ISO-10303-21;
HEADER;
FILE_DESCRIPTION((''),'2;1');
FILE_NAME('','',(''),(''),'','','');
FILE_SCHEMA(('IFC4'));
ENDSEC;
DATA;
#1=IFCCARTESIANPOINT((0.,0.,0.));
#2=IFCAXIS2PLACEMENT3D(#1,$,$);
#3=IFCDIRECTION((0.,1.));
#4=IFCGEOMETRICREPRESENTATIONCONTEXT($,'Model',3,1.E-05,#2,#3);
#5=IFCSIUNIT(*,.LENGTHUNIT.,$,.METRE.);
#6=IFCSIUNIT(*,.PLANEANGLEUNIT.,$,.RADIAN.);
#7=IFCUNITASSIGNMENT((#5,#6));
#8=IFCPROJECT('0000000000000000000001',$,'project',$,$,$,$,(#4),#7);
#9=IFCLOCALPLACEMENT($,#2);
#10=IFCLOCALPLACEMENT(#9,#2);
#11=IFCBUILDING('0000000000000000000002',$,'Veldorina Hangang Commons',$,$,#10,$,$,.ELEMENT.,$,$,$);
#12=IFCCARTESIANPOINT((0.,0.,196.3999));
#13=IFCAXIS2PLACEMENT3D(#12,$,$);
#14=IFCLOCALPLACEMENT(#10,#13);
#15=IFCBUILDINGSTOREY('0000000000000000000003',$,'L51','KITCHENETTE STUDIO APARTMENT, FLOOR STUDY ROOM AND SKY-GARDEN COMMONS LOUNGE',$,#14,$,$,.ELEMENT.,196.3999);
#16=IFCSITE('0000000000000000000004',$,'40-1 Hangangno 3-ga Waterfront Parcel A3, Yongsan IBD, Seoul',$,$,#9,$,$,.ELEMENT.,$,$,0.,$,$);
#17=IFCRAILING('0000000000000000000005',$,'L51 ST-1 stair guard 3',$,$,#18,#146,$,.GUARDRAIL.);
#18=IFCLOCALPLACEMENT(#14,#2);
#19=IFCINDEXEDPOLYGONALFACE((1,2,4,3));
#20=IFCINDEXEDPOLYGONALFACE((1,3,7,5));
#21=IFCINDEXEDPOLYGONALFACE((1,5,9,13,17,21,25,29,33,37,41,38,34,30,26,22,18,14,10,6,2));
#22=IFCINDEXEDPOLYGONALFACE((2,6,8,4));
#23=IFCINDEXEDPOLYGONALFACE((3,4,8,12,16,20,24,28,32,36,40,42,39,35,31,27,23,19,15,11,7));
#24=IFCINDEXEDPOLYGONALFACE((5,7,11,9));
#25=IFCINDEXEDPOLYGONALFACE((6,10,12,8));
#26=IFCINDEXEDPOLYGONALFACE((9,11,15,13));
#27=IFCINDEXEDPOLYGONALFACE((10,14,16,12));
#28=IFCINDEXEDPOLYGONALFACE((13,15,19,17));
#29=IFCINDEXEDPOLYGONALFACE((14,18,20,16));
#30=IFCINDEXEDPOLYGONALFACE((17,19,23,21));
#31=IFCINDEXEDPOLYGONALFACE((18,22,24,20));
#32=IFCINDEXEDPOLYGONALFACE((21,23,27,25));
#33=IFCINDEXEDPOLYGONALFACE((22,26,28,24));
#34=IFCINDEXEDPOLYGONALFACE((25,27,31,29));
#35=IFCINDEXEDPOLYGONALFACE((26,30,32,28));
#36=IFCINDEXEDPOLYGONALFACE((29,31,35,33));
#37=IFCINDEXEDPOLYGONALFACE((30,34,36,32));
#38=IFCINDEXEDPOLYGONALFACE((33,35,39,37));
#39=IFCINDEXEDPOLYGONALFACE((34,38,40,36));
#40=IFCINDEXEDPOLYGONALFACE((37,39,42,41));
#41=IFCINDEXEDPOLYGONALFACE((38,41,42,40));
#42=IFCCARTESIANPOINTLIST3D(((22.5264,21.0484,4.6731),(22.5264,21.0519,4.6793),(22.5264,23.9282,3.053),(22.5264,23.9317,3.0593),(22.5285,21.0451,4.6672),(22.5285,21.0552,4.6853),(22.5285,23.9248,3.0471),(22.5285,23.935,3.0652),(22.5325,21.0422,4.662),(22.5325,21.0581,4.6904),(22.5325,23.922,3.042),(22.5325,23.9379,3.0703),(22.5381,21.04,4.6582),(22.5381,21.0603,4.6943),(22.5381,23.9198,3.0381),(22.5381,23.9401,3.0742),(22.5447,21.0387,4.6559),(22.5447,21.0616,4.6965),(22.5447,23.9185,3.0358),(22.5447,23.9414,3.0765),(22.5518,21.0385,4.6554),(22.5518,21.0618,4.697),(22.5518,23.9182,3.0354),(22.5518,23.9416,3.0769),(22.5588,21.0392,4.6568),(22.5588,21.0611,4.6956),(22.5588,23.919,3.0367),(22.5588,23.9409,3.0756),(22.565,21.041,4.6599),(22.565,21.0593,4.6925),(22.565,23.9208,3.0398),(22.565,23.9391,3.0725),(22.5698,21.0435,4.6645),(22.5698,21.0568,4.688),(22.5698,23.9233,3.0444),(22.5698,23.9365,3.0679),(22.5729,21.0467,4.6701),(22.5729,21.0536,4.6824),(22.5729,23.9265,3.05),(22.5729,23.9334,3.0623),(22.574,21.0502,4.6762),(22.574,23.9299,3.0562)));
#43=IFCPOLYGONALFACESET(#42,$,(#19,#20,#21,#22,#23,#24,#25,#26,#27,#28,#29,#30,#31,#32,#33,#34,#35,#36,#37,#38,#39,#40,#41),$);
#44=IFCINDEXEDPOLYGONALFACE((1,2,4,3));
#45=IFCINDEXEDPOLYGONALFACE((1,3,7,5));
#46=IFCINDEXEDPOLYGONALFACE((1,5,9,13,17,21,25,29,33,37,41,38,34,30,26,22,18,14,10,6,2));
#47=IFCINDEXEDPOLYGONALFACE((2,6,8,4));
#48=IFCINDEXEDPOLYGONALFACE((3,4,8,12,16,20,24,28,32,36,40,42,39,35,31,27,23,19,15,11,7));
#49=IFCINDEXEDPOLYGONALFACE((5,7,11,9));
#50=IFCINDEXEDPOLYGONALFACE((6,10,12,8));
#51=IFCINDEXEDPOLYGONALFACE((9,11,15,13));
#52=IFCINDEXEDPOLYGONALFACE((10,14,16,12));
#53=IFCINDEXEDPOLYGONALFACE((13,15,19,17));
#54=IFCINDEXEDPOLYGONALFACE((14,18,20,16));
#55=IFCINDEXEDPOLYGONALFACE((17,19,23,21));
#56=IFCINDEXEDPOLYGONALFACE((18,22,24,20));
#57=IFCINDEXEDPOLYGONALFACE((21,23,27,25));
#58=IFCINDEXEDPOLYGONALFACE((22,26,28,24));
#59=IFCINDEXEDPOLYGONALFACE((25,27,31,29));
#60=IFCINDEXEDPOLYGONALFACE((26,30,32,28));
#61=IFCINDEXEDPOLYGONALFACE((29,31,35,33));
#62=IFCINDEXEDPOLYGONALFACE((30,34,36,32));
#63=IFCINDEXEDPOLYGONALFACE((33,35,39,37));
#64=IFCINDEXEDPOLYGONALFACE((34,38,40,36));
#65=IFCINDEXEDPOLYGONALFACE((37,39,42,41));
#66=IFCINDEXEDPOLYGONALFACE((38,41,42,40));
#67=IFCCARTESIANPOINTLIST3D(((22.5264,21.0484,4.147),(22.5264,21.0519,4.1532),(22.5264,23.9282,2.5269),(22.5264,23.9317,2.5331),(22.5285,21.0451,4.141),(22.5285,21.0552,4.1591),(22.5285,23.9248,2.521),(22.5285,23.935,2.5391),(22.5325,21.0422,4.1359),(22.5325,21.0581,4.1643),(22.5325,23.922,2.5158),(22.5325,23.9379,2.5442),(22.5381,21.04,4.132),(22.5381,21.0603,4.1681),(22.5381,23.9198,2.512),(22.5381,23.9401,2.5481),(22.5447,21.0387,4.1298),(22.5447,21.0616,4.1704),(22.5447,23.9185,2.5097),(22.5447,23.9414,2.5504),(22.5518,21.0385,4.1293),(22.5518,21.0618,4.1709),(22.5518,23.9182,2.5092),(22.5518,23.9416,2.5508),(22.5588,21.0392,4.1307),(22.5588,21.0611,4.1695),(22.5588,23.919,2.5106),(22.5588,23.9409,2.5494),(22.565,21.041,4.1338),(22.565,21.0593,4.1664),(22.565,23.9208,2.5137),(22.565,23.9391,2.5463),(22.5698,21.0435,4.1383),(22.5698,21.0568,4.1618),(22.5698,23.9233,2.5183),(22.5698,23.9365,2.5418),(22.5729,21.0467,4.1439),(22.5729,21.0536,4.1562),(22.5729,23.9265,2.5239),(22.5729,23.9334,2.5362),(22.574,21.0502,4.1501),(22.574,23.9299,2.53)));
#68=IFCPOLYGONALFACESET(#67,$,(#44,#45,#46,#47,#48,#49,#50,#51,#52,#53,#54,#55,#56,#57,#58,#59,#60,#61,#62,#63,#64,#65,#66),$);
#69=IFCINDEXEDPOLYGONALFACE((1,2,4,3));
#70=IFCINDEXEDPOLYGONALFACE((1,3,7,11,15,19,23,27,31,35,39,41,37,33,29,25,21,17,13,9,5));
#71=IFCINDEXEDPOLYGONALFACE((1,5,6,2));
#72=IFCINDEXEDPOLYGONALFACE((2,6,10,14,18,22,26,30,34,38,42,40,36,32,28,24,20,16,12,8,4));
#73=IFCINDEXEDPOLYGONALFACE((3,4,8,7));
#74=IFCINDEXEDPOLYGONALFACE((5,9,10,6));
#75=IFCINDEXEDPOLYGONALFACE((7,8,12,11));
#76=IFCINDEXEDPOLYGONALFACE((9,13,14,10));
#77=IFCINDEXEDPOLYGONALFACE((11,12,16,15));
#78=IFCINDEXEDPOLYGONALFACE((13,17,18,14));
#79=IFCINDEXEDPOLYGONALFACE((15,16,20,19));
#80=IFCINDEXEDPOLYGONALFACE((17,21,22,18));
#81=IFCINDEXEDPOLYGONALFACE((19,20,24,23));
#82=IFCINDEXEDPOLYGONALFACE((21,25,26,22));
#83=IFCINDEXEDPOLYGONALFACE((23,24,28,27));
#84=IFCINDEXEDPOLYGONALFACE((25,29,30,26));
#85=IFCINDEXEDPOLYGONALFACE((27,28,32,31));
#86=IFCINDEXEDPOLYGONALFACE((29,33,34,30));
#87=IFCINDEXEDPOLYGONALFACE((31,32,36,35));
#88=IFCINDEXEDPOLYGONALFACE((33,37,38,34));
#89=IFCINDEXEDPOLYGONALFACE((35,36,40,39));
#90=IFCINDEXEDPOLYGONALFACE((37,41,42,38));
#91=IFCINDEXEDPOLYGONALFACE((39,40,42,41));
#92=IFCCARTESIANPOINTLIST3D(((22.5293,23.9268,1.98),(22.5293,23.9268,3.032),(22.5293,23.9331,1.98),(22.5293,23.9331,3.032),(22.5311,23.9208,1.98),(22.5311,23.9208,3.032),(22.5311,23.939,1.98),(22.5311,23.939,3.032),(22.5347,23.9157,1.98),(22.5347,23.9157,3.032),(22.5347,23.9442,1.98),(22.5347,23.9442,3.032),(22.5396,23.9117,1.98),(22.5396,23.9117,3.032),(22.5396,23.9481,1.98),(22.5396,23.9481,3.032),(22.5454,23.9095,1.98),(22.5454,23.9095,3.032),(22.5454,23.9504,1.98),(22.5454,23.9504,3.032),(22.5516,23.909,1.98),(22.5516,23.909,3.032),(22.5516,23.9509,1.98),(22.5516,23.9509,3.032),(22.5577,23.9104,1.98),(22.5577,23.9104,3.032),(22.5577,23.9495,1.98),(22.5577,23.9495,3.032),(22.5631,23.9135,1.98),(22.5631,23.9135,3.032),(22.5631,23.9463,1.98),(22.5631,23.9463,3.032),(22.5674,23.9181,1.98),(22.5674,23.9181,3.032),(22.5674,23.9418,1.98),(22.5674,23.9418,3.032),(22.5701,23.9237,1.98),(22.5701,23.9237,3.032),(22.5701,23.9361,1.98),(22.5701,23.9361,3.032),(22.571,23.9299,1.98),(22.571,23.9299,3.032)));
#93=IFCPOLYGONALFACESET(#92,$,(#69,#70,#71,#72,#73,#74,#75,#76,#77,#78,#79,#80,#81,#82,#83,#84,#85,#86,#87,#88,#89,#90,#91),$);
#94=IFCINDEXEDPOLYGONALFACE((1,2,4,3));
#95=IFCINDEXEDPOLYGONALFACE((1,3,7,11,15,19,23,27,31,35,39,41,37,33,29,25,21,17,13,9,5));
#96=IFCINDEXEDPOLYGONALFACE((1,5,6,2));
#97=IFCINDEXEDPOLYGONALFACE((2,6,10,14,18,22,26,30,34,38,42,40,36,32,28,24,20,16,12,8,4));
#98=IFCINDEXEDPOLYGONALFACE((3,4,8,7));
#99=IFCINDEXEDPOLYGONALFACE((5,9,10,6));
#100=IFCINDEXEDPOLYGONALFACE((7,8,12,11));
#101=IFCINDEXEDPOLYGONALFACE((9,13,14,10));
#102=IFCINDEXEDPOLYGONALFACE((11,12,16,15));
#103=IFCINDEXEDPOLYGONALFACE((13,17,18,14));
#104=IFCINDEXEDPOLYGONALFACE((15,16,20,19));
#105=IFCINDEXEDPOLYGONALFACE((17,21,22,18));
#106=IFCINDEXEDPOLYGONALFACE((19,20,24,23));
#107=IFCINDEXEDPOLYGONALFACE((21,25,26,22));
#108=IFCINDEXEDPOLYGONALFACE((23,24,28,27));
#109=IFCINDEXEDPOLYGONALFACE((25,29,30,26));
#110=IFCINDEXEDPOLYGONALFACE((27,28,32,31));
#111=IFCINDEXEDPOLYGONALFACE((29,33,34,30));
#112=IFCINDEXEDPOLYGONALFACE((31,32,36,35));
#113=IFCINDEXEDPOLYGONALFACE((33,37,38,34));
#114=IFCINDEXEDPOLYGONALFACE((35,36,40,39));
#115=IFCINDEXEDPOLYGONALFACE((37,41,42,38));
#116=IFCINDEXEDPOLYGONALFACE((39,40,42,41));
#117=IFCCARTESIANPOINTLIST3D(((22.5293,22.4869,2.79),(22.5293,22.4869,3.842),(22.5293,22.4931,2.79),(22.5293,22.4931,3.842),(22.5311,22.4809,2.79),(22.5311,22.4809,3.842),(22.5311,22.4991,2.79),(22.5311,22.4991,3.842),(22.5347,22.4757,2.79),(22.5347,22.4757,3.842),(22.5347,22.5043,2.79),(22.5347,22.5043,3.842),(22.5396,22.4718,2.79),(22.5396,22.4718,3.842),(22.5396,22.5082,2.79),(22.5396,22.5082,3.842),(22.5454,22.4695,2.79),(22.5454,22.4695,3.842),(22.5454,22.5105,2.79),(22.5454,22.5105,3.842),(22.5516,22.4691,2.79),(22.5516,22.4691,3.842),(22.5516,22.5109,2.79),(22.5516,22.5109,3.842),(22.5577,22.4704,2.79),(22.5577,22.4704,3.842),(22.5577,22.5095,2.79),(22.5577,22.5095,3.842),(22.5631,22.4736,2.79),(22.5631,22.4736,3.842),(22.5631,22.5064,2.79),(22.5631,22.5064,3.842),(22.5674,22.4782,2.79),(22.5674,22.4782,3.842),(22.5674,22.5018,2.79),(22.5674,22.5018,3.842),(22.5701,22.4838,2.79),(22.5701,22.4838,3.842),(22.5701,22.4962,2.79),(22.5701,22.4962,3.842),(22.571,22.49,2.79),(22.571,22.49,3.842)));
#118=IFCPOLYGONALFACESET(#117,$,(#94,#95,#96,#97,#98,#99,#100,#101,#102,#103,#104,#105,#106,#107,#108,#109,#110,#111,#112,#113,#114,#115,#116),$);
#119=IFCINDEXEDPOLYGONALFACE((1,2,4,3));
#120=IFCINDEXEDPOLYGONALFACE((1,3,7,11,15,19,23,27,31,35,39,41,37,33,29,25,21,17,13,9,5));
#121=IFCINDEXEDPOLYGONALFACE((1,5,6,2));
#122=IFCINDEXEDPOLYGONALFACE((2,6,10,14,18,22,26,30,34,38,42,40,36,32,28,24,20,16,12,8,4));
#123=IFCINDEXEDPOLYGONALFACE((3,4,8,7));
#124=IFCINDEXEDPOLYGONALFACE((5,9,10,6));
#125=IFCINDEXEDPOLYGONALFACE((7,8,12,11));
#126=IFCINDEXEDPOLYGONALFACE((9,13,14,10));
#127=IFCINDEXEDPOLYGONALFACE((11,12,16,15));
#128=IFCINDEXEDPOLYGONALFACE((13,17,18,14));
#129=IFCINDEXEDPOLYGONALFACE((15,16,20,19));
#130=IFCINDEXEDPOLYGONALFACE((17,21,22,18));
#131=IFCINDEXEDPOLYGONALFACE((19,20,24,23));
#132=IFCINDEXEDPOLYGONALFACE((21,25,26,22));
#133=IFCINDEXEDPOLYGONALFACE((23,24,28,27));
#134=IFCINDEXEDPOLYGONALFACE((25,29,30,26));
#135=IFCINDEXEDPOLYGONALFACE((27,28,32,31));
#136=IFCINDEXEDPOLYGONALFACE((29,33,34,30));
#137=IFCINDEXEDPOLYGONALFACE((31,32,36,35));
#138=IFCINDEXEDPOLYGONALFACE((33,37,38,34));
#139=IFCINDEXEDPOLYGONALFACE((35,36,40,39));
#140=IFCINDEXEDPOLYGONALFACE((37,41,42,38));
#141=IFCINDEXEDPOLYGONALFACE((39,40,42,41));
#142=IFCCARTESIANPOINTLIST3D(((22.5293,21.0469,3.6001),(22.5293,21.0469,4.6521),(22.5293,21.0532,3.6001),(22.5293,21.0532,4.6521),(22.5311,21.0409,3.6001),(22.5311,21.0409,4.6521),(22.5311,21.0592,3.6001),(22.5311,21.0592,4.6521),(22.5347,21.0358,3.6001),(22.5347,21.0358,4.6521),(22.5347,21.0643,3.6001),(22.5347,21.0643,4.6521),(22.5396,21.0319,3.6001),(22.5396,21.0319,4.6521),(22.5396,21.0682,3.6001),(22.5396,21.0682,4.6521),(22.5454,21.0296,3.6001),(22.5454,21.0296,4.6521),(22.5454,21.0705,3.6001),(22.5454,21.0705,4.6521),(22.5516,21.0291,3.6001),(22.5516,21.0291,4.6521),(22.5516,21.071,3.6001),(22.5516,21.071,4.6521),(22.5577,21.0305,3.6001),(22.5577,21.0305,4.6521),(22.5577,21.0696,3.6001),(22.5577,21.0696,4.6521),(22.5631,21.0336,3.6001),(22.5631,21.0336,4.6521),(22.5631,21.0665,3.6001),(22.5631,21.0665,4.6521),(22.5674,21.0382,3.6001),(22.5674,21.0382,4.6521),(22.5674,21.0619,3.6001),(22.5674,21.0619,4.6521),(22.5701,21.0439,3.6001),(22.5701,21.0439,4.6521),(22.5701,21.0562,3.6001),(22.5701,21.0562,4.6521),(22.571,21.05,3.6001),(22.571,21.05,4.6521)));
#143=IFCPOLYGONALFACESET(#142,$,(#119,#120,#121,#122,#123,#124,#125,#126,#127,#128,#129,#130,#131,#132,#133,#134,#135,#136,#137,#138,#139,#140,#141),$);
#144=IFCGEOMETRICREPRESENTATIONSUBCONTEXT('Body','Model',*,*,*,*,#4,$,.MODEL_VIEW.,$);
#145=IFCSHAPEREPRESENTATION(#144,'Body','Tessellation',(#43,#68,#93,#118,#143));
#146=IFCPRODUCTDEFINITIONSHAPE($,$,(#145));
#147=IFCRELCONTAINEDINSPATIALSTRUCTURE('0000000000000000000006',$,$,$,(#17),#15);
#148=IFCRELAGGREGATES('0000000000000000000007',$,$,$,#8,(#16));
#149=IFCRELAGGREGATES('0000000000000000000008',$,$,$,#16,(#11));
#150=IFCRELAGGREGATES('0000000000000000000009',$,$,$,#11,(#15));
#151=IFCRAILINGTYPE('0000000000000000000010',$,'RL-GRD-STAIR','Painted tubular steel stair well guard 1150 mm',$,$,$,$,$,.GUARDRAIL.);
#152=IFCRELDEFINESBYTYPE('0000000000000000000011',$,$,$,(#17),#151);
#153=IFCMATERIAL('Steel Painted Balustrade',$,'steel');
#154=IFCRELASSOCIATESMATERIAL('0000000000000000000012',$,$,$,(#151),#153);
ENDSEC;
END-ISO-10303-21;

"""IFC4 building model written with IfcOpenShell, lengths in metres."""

from ifc_helpers import new_model, si_unit, direction, frame, origin, origin_2d, place, context, subcontext, project, spatial, circle, extrude, material, type_object, element, save


model = new_model("IFC4")

# Units and contexts
model_context = context("Model", 3, precision=1e-05, world=origin(), true_north=direction((0.0, 1.0)))
body_context = subcontext(model_context, "Body", "Model", "MODEL_VIEW")
ifc_project = project(units=[si_unit("LENGTHUNIT", "METRE"), si_unit("PLANEANGLEUNIT", "RADIAN")], contexts=[model_context])

# Site, building, storey
site_placement = place(None, origin())
site = spatial("IfcSite", under=ifc_project, at=site_placement, Name="40-1 Hangangno 3-ga Waterfront Parcel A3, Yongsan IBD, Seoul", CompositionType="ELEMENT", RefElevation=0.0)
building_placement = place(site_placement, origin())
building = spatial("IfcBuilding", under=site, at=building_placement, Name="Veldorina Hangang Commons", CompositionType="ELEMENT")
storey_placement = place(building_placement, frame((0.0, 0.0, 196.3999)))
storey = spatial("IfcBuildingStorey", under=building, at=storey_placement, Name="L51", Description="KITCHENETTE STUDIO APARTMENT, FLOOR STUDY ROOM AND SKY-GARDEN COMMONS LOUNGE", CompositionType="ELEMENT", Elevation=196.3999)

# Railing
ifc_material_1 = material(Name="Steel Painted Balustrade", Category="steel")
railing_type_1 = type_object("IfcRailingType", Name="RL-GRD-STAIR", Description="Painted tubular steel stair well guard 1150 mm", PredefinedType="GUARDRAIL", material=ifc_material_1)
railing_1_placement = place(storey_placement, frame((22.55, 23.9299, 1.98)))
element("IfcRailing", 1, at=railing_1_placement, inside=storey, type_object=railing_type_1, Name="L51 ST-1 stair guard 3", PredefinedType="GUARDRAIL", context=body_context, shape_type="SweptSolid", body=[
    extrude(circle(Radius=0.0239, at=origin_2d()), frame((0.0, 0.0, 1.0762), z_axis=(0.0, -0.871552, 0.490303), x_axis=(1.0, 0.0, 0.0)), (0.0, 0.0, 1.0), 3.3042),
    extrude(circle(Radius=0.0239, at=origin_2d()), frame((0.0, 0.0, 0.55), z_axis=(0.0, -0.871552, 0.490303), x_axis=(1.0, 0.0, 0.0)), (0.0, 0.0, 1.0), 3.3042),
    extrude(circle(Radius=0.021, at=origin_2d()), origin(), (0.0, 0.0, 1.0), 1.052),
    extrude(circle(Radius=0.021, at=origin_2d()), frame((0.0, -1.4399, 0.8101)), (0.0, 0.0, 1.0), 1.052),
    extrude(circle(Radius=0.021, at=origin_2d()), frame((0.0, -2.8799, 1.6201)), (0.0, 0.0, 1.0), 1.052),
])

save(model, "model.ifc")
